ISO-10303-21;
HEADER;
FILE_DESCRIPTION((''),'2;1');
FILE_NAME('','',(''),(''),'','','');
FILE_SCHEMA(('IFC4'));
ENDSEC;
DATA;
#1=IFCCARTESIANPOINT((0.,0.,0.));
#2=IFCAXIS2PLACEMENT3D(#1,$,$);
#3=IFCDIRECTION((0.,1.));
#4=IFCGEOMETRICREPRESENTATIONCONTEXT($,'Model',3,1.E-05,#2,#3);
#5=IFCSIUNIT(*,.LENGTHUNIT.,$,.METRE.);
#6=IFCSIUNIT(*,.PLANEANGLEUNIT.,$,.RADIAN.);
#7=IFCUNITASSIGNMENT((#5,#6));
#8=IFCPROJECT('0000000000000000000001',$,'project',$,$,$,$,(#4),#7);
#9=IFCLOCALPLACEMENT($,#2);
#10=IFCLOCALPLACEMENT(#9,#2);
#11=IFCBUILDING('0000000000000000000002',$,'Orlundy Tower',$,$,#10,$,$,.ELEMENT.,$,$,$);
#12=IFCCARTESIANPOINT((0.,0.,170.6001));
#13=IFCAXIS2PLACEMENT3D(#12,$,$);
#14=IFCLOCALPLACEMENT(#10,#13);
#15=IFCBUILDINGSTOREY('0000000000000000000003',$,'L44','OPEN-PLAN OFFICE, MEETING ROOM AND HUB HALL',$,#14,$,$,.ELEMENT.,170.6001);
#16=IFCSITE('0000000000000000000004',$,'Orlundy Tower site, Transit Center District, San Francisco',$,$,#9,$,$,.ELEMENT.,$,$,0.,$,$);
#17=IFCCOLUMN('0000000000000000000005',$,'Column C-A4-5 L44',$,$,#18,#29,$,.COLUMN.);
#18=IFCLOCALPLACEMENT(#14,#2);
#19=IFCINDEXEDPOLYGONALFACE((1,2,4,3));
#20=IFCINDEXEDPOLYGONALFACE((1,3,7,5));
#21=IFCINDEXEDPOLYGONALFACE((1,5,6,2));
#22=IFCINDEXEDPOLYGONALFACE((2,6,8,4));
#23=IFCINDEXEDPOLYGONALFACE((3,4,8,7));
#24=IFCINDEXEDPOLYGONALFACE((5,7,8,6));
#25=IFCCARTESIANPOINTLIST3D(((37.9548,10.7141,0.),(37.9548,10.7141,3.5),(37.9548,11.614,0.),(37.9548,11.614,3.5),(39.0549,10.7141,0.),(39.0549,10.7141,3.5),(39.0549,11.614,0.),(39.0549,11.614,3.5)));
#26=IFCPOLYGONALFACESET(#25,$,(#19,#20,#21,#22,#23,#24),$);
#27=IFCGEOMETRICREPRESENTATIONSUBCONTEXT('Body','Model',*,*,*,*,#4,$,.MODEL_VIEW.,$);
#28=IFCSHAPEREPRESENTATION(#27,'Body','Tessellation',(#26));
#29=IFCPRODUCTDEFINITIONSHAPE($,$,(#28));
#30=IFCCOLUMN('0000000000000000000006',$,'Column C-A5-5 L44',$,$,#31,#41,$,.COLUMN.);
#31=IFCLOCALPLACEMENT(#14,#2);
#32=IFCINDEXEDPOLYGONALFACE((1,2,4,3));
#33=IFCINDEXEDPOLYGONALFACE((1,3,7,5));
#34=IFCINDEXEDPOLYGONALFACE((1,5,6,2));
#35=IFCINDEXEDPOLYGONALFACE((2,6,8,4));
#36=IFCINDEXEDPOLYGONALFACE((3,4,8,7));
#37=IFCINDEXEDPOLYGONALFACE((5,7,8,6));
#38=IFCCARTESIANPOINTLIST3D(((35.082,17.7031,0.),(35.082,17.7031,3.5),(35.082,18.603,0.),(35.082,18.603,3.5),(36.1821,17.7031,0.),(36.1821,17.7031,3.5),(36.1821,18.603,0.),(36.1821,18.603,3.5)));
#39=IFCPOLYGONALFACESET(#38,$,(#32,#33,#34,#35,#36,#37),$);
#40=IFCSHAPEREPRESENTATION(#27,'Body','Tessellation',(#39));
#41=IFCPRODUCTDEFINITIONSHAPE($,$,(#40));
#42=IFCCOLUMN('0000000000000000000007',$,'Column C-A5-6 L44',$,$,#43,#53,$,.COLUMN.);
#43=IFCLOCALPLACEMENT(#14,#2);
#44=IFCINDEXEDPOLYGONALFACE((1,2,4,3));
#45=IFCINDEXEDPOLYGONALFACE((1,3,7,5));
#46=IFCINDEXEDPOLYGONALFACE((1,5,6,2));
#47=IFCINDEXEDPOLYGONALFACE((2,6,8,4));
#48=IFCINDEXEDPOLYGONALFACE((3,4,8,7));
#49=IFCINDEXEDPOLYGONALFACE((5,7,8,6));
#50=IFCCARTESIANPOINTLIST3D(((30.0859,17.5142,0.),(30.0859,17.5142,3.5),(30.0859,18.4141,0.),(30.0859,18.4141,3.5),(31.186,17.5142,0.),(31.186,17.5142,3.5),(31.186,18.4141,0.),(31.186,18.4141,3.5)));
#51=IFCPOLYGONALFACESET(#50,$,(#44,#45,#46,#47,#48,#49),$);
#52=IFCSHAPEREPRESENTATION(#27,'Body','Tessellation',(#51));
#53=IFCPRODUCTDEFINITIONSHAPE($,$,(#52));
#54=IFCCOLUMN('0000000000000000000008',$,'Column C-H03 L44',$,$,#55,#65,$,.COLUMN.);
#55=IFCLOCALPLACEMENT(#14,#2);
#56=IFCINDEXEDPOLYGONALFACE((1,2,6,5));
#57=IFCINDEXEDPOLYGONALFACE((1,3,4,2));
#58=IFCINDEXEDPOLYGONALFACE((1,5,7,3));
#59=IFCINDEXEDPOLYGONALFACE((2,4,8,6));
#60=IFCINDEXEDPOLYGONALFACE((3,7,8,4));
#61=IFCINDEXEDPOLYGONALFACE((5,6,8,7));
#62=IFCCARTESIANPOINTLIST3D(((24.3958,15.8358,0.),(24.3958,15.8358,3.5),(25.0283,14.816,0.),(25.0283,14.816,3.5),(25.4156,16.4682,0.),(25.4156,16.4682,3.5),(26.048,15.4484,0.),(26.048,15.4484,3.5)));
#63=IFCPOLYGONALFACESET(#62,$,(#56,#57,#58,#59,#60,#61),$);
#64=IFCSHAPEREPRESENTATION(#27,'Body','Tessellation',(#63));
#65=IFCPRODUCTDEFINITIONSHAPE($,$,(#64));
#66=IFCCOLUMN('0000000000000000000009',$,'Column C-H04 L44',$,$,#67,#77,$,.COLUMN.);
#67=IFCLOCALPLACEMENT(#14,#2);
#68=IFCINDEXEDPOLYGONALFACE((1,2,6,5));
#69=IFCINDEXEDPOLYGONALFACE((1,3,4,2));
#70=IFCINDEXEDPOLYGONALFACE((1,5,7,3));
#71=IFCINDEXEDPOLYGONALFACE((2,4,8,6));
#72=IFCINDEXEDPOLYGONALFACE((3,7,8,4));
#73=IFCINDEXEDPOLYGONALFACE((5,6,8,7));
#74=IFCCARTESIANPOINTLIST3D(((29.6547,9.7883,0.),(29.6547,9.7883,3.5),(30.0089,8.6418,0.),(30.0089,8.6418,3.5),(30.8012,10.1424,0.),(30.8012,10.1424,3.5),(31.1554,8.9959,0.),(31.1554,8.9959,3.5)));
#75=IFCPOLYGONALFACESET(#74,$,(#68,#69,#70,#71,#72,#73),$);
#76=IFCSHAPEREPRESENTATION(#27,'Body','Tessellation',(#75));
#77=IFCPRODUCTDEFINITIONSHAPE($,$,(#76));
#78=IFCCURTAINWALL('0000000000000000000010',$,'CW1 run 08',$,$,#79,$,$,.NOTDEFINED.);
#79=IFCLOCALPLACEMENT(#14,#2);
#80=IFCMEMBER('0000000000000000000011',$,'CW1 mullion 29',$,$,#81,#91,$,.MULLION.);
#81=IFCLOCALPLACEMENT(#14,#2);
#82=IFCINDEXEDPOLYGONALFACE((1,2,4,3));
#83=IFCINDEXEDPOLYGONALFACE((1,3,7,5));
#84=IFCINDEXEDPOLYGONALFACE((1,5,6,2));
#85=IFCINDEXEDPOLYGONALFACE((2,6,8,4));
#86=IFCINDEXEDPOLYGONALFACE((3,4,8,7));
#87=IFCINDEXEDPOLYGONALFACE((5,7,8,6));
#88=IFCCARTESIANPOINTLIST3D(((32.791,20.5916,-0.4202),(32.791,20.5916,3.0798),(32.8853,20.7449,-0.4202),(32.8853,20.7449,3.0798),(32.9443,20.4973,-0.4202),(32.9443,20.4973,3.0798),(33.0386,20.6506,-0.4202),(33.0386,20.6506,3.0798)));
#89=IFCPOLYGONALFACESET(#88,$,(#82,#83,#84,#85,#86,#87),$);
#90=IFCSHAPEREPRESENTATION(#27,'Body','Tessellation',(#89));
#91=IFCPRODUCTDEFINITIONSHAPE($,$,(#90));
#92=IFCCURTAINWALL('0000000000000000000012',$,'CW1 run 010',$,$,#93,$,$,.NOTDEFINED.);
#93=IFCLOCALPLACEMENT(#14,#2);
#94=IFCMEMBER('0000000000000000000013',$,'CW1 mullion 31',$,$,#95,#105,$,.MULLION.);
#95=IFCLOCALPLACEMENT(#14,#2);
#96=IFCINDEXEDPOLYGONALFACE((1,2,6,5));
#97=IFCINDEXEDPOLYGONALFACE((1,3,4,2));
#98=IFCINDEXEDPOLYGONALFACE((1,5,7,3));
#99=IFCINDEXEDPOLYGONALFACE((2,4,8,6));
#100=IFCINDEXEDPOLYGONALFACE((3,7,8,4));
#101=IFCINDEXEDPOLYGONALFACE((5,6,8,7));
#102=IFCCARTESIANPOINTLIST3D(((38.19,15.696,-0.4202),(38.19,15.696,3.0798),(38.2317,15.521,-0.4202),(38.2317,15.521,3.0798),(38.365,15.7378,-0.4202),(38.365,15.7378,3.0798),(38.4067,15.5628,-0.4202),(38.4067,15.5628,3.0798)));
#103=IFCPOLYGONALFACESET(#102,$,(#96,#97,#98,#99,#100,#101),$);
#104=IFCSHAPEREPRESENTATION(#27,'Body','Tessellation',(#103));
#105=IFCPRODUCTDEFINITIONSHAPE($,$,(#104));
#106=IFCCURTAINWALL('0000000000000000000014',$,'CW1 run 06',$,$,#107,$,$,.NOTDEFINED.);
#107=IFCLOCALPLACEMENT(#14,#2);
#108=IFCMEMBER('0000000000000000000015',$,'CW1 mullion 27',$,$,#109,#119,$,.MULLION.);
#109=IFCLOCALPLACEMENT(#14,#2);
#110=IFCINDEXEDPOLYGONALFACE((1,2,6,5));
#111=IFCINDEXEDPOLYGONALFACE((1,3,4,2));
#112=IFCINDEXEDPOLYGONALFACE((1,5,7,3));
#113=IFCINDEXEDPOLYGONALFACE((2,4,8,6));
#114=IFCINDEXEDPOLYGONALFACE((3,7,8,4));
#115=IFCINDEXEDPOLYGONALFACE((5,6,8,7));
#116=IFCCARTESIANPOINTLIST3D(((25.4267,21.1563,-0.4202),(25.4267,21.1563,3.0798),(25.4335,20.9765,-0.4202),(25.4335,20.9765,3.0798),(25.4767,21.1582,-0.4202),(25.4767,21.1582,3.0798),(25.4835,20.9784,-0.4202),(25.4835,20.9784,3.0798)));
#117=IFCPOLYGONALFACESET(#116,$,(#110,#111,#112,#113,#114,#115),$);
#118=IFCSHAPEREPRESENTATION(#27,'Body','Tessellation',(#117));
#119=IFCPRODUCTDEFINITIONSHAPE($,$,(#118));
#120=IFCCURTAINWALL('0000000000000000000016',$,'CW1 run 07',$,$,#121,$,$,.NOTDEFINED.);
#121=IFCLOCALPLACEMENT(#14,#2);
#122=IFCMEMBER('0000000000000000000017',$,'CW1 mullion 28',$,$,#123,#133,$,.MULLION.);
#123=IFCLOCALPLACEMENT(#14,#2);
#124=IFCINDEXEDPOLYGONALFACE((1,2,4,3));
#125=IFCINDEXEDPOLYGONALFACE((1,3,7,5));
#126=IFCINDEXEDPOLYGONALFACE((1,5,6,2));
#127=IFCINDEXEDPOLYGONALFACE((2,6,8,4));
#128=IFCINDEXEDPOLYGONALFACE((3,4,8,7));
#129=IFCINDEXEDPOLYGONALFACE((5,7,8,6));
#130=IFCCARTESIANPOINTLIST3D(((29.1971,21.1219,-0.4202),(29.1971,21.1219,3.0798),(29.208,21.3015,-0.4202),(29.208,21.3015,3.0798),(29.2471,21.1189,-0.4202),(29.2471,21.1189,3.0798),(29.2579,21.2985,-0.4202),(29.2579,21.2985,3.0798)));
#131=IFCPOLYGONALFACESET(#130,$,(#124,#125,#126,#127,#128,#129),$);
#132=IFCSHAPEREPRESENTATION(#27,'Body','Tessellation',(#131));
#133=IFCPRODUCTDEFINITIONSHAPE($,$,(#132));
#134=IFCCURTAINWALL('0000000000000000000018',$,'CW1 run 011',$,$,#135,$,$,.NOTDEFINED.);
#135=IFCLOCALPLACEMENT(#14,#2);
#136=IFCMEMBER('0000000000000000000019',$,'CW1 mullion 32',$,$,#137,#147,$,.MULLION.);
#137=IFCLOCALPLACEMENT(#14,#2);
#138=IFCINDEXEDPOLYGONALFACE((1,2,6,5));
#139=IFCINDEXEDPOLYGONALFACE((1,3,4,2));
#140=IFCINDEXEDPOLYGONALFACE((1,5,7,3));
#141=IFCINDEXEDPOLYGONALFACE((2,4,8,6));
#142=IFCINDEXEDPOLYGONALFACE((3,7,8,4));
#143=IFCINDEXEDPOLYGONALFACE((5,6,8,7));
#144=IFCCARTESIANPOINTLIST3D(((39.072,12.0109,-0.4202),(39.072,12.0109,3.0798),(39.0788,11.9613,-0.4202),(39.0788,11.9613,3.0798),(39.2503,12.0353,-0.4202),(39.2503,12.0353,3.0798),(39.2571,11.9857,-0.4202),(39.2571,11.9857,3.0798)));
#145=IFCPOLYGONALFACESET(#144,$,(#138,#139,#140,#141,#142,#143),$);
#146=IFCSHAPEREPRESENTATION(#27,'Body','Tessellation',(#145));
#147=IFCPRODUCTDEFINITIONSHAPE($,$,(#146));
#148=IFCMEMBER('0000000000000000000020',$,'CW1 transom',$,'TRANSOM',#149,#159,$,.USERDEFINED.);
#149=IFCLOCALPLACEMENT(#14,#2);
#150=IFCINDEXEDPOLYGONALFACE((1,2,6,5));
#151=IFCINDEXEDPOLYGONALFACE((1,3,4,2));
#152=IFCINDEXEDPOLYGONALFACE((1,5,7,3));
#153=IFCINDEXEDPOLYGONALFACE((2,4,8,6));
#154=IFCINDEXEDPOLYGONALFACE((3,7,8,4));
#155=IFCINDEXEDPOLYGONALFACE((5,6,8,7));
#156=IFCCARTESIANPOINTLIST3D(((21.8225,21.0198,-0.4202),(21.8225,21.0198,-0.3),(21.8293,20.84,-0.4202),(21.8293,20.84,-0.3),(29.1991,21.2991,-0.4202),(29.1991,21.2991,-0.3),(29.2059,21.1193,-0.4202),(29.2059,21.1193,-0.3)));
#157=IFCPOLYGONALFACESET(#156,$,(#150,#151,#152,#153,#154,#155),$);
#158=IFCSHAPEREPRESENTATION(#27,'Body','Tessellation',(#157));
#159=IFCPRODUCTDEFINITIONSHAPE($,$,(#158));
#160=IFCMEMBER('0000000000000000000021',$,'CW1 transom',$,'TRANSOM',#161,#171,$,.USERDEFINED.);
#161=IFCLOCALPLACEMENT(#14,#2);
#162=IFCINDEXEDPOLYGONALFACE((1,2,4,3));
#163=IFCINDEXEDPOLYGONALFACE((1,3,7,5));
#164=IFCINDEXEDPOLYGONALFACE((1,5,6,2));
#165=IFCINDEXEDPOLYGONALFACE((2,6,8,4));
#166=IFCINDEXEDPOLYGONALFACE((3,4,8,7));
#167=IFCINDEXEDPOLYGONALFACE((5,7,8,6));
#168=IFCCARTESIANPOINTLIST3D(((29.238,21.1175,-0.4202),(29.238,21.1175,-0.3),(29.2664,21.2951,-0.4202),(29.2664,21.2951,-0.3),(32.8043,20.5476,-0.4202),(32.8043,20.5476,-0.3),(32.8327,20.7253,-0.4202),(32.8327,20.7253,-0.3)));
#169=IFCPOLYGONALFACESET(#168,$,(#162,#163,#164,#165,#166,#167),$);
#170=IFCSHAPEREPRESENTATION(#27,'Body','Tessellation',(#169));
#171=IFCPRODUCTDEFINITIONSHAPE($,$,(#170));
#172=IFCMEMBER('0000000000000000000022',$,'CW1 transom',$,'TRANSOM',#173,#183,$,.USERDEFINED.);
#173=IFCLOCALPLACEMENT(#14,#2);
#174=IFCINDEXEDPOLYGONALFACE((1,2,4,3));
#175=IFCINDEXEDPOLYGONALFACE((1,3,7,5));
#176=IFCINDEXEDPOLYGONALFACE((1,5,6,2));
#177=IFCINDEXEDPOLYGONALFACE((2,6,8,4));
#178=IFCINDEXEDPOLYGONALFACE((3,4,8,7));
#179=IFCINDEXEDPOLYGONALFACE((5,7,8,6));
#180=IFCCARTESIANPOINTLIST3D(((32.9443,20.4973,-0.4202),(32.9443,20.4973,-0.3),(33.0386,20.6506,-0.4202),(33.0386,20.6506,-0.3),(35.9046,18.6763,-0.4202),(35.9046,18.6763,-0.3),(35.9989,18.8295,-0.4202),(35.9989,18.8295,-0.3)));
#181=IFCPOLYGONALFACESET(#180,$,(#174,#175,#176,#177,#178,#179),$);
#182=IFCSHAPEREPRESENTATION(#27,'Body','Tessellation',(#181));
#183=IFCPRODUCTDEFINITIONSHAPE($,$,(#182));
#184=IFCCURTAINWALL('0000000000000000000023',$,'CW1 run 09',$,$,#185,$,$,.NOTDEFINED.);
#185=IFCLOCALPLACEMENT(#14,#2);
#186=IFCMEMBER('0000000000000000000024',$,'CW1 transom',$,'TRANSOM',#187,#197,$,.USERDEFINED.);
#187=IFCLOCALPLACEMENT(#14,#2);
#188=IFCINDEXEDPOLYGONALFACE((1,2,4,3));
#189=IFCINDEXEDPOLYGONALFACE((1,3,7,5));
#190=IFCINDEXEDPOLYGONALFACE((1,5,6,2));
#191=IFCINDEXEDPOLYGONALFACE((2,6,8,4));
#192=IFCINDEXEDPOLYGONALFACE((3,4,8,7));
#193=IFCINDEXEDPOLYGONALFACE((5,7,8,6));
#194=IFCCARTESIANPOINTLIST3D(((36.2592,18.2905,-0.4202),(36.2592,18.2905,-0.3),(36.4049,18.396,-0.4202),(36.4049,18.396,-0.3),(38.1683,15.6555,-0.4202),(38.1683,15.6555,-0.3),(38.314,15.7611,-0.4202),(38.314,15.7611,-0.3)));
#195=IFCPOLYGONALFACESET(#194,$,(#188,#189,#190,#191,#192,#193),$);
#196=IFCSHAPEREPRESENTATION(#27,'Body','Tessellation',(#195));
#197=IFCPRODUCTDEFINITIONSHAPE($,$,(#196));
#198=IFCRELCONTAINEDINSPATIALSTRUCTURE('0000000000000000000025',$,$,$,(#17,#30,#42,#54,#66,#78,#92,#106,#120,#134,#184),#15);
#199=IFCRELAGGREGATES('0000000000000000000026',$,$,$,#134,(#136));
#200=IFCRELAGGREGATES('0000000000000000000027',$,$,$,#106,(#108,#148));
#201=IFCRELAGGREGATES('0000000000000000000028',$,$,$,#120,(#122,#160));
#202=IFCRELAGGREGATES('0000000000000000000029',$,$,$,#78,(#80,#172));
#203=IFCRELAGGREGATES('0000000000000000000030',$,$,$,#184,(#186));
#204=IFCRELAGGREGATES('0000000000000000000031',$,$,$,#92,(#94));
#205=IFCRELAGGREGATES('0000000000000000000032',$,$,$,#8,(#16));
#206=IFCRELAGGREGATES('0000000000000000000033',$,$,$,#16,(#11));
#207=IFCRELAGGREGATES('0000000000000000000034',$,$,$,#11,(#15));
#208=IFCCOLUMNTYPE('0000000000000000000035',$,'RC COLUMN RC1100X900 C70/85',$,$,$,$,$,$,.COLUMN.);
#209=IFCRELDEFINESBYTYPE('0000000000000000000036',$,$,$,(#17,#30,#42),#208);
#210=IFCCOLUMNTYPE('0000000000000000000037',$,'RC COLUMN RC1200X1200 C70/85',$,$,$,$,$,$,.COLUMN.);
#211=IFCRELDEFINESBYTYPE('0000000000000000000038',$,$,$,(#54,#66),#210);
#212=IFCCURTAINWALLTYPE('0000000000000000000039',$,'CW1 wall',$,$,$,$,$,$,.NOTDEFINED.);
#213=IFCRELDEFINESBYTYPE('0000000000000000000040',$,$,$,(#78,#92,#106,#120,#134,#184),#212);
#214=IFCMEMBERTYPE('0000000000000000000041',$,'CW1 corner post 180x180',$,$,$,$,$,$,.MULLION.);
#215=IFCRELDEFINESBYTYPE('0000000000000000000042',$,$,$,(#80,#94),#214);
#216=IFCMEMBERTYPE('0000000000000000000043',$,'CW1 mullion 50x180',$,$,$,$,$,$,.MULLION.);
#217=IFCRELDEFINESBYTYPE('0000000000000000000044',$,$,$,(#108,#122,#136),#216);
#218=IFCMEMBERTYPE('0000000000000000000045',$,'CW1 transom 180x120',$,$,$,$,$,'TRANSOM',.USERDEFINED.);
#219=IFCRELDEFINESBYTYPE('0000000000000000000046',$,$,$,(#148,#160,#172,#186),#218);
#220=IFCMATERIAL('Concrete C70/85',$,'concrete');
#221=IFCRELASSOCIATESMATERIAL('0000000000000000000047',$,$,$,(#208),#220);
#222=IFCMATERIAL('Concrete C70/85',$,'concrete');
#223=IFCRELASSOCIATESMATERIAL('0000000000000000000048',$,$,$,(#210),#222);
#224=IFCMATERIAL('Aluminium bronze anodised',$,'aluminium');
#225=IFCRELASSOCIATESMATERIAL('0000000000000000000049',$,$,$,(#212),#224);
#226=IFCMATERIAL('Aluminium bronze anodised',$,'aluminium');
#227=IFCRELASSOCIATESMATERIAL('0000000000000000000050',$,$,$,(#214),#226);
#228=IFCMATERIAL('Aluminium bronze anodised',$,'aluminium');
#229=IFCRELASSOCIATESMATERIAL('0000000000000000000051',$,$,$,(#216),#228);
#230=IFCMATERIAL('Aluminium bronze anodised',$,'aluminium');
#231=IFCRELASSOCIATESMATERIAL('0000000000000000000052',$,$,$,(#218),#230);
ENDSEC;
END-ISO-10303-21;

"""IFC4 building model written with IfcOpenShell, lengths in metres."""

from ifc_helpers import new_model, si_unit, direction, frame, origin, origin_2d, place, context, subcontext, project, spatial, rectangle, extrude, material, material_profile, profile_set, type_object, element, aggregate, save


model = new_model("IFC4")

# Units and contexts
model_context = context("Model", 3, precision=1e-05, world=origin(), true_north=direction((0.0, 1.0)))
body_context = subcontext(model_context, "Body", "Model", "MODEL_VIEW")
ifc_project = project(units=[si_unit("LENGTHUNIT", "METRE"), si_unit("PLANEANGLEUNIT", "RADIAN")], contexts=[model_context])

# Site, building, storey
site_placement = place(None, origin())
site = spatial("IfcSite", under=ifc_project, at=site_placement, Name="Orlundy Tower site, Transit Center District, San Francisco", CompositionType="ELEMENT", RefElevation=0.0)
building_placement = place(site_placement, origin())
building = spatial("IfcBuilding", under=site, at=building_placement, Name="Orlundy Tower", CompositionType="ELEMENT")
storey_placement = place(building_placement, frame((0.0, 0.0, 170.6001)))
storey = spatial("IfcBuildingStorey", under=building, at=storey_placement, Name="L44", Description="OPEN-PLAN OFFICE, MEETING ROOM AND HUB HALL", CompositionType="ELEMENT", Elevation=170.6001)

# Columns
ifc_material_1 = material(Name="Concrete C70/85", Category="concrete")
ifc_material_profile_1 = material_profile(ifc_material_1, rectangle(XDim=1.1001, YDim=0.8999, at=origin_2d()), Name="RC1100X900")
ifc_profile_set_1 = profile_set([ifc_material_profile_1], Name="Concrete C70/85")
column_type_1 = type_object("IfcColumnType", Name="RC COLUMN RC1100X900 C70/85", PredefinedType="COLUMN", material=ifc_profile_set_1)
for number, where, z_axis, x_axis, name in (
    (1, (38.5049, 11.1641, 0.0), (0.0, 0.0, 1.0), (1.0, 0.0, 0.0), "Column C-A4-5 L44"),
    (2, (35.6321, 18.1531, 0.0), (0.0, 0.0, 1.0), (1.0, 0.0, 0.0), "Column C-A5-5 L44"),
    (3, (30.636, 17.9641, 0.0), (0.0, 0.0, 1.0), (1.0, 0.0, 0.0), "Column C-A5-6 L44"),
):
    element("IfcColumn", number, at=place(storey_placement, frame(where, z_axis=z_axis, x_axis=x_axis)), inside=storey, type_object=column_type_1, Name=name, PredefinedType="COLUMN", context=body_context, shape_type="SweptSolid", body=[
        extrude(rectangle(XDim=1.1001, YDim=0.8999, at=origin_2d()), origin(), (0.0, 0.0, 1.0), 3.5),
    ])
ifc_material_2 = material(Name="Concrete C70/85", Category="concrete")
ifc_material_profile_2 = material_profile(ifc_material_2, rectangle(XDim=1.2, YDim=1.2, at=origin_2d()), Name="RC1200X1200")
ifc_profile_set_2 = profile_set([ifc_material_profile_2], Name="Concrete C70/85")
column_type_2 = type_object("IfcColumnType", Name="RC COLUMN RC1200X1200 C70/85", PredefinedType="COLUMN", material=ifc_profile_set_2)
for number, where, z_axis, x_axis, name in (
    (4, (25.2219, 15.6421, 0.0), (0.0, 0.0, 1.0), (0.849838, 0.527045, 0.0), "Column C-H03 L44"),
    (5, (30.405, 9.3921, 0.0), (0.0, 0.0, 1.0), (0.955454, 0.295141, 0.0), "Column C-H04 L44"),
):
    element("IfcColumn", number, at=place(storey_placement, frame(where, z_axis=z_axis, x_axis=x_axis)), inside=storey, type_object=column_type_2, Name=name, PredefinedType="COLUMN", context=body_context, shape_type="SweptSolid", body=[
        extrude(rectangle(XDim=1.2, YDim=1.2, at=origin_2d()), origin(), (0.0, 0.0, 1.0), 3.5),
    ])

# Curtain walls, members
ifc_material_3 = material(Name="Aluminium bronze anodised", Category="aluminium")
curtain_wall_type = type_object("IfcCurtainWallType", Name="CW1 wall", PredefinedType="NOTDEFINED", material=ifc_material_3)
curtain_wall_1_placement = place(storey_placement, origin())
curtain_wall_1 = element("IfcCurtainWall", 6, at=curtain_wall_1_placement, inside=storey, type_object=curtain_wall_type, Name="CW1 run 08", PredefinedType="NOTDEFINED")
ifc_material_4 = material(Name="Aluminium bronze anodised", Category="aluminium")
ifc_material_profile_3 = material_profile(ifc_material_4, rectangle(XDim=0.1799, YDim=0.1799, at=origin_2d()), Name="CW1 corner post 180x180")
ifc_profile_set_3 = profile_set([ifc_material_profile_3], Name="Aluminium bronze anodised")
member_type_1 = type_object("IfcMemberType", Name="CW1 corner post 180x180", PredefinedType="MULLION", material=ifc_profile_set_3)
member_1_placement = place(storey_placement, frame((32.9148, 20.6211, -0.4202), z_axis=(0.0, 0.0, 1.0), x_axis=(0.523947, 0.851751, 0.0)))
member_1 = element("IfcMember", 7, at=member_1_placement, type_object=member_type_1, Name="CW1 mullion 29", PredefinedType="MULLION", context=body_context, shape_type="SweptSolid", body=[
    extrude(rectangle(XDim=0.1799, YDim=0.1799, at=origin_2d()), origin(), (0.0, 0.0, 1.0), 3.5),
])
curtain_wall_2_placement = place(storey_placement, origin())
curtain_wall_2 = element("IfcCurtainWall", 8, at=curtain_wall_2_placement, inside=storey, type_object=curtain_wall_type, Name="CW1 run 010", PredefinedType="NOTDEFINED")
member_2_placement = place(storey_placement, frame((38.2983, 15.6294, -0.4202), z_axis=(0.0, 0.0, 1.0), x_axis=(0.972705, 0.232046, 0.0)))
member_2 = element("IfcMember", 9, at=member_2_placement, type_object=member_type_1, Name="CW1 mullion 31", PredefinedType="MULLION", context=body_context, shape_type="SweptSolid", body=[
    extrude(rectangle(XDim=0.1799, YDim=0.1799, at=origin_2d()), origin(), (0.0, 0.0, 1.0), 3.5),
])
curtain_wall_3_placement = place(storey_placement, origin())
curtain_wall_3 = element("IfcCurtainWall", 10, at=curtain_wall_3_placement, inside=storey, type_object=curtain_wall_type, Name="CW1 run 06", PredefinedType="NOTDEFINED")
ifc_material_5 = material(Name="Aluminium bronze anodised", Category="aluminium")
ifc_material_profile_4 = material_profile(ifc_material_5, rectangle(XDim=0.1799, YDim=0.05, at=origin_2d()), Name="CW1 mullion 50x180")
ifc_profile_set_4 = profile_set([ifc_material_profile_4], Name="Aluminium bronze anodised")
member_type_2 = type_object("IfcMemberType", Name="CW1 mullion 50x180", PredefinedType="MULLION", material=ifc_profile_set_4)
member_3_placement = place(storey_placement, frame((25.4551, 21.0674, -0.4202), z_axis=(0.0, 0.0, 1.0), x_axis=(-0.037837, 0.999284, 0.0)))
member_3 = element("IfcMember", 11, at=member_3_placement, type_object=member_type_2, Name="CW1 mullion 27", PredefinedType="MULLION", context=body_context, shape_type="SweptSolid", body=[
    extrude(rectangle(XDim=0.1799, YDim=0.05, at=origin_2d()), origin(), (0.0, 0.0, 1.0), 3.5),
])
curtain_wall_4_placement = place(storey_placement, origin())
curtain_wall_4 = element("IfcCurtainWall", 12, at=curtain_wall_4_placement, inside=storey, type_object=curtain_wall_type, Name="CW1 run 07", PredefinedType="NOTDEFINED")
member_4_placement = place(storey_placement, frame((29.2275, 21.2102, -0.4202), z_axis=(0.0, 0.0, 1.0), x_axis=(0.060267, 0.998182, 0.0)))
member_4 = element("IfcMember", 13, at=member_4_placement, type_object=member_type_2, Name="CW1 mullion 28", PredefinedType="MULLION", context=body_context, shape_type="SweptSolid", body=[
    extrude(rectangle(XDim=0.1799, YDim=0.05, at=origin_2d()), origin(), (0.0, 0.0, 1.0), 3.5),
])
curtain_wall_5_placement = place(storey_placement, origin())
curtain_wall_5 = element("IfcCurtainWall", 14, at=curtain_wall_5_placement, inside=storey, type_object=curtain_wall_type, Name="CW1 run 011", PredefinedType="NOTDEFINED")
member_5_placement = place(storey_placement, frame((39.1646, 11.9983, -0.4202), z_axis=(0.0, 0.0, 1.0), x_axis=(0.990766, 0.135581, 0.0)))
member_5 = element("IfcMember", 15, at=member_5_placement, type_object=member_type_2, Name="CW1 mullion 32", PredefinedType="MULLION", context=body_context, shape_type="SweptSolid", body=[
    extrude(rectangle(XDim=0.1799, YDim=0.05, at=origin_2d()), origin(), (0.0, 0.0, 1.0), 3.5),
])

# Members
ifc_material_6 = material(Name="Aluminium bronze anodised", Category="aluminium")
ifc_material_profile_5 = material_profile(ifc_material_6, rectangle(XDim=0.1799, YDim=0.1201, at=origin_2d()), Name="CW1 transom 180x120")
ifc_profile_set_5 = profile_set([ifc_material_profile_5], Name="Aluminium bronze anodised")
member_type_3 = type_object("IfcMemberType", Name="CW1 transom 180x120", ElementType="TRANSOM", PredefinedType="USERDEFINED", material=ifc_profile_set_5)
member_6_placement = place(storey_placement, frame((21.8259, 20.9299, -0.3601), z_axis=(0.999284, 0.037836, 0.0), x_axis=(-0.037836, 0.999284, 0.0)))
member_6 = element("IfcMember", 16, at=member_6_placement, type_object=member_type_3, Name="CW1 transom", ObjectType="TRANSOM", PredefinedType="USERDEFINED", context=body_context, shape_type="SweptSolid", body=[
    extrude(rectangle(XDim=0.1799, YDim=0.1201, at=origin_2d()), origin(), (0.0, 0.0, 1.0), 7.3818),
])
member_7_placement = place(storey_placement, frame((29.2522, 21.2063, -0.3601), z_axis=(0.987475, -0.157774, 0.0), x_axis=(0.157774, 0.987475, 0.0)))
member_7 = element("IfcMember", 17, at=member_7_placement, type_object=member_type_3, Name="CW1 transom", ObjectType="TRANSOM", PredefinedType="USERDEFINED", context=body_context, shape_type="SweptSolid", body=[
    extrude(rectangle(XDim=0.1799, YDim=0.1201, at=origin_2d()), origin(), (0.0, 0.0, 1.0), 3.6116),
])
member_8_placement = place(storey_placement, frame((32.9915, 20.574, -0.3601), z_axis=(0.851738, -0.523968, 0.0), x_axis=(0.523968, 0.851738, 0.0)))
member_8 = element("IfcMember", 18, at=member_8_placement, type_object=member_type_3, Name="CW1 transom", ObjectType="TRANSOM", PredefinedType="USERDEFINED", context=body_context, shape_type="SweptSolid", body=[
    extrude(rectangle(XDim=0.1799, YDim=0.1201, at=origin_2d()), origin(), (0.0, 0.0, 1.0), 3.4756),
])

# Curtain wall, member
curtain_wall_6_placement = place(storey_placement, origin())
curtain_wall_6 = element("IfcCurtainWall", 19, at=curtain_wall_6_placement, inside=storey, type_object=curtain_wall_type, Name="CW1 run 09", PredefinedType="NOTDEFINED")
member_9_placement = place(storey_placement, frame((36.332, 18.3433, -0.3601), z_axis=(0.586725, -0.809786, 0.0), x_axis=(0.809786, 0.586725, 0.0)))
member_9 = element("IfcMember", 20, at=member_9_placement, type_object=member_type_3, Name="CW1 transom", ObjectType="TRANSOM", PredefinedType="USERDEFINED", context=body_context, shape_type="SweptSolid", body=[
    extrude(rectangle(XDim=0.1799, YDim=0.1201, at=origin_2d()), origin(), (0.0, 0.0, 1.0), 3.2539),
])

aggregate(curtain_wall_5, [member_5])

aggregate(curtain_wall_3, [member_3, member_6])
aggregate(curtain_wall_4, [member_4, member_7])
aggregate(curtain_wall_1, [member_1, member_8])
aggregate(curtain_wall_6, [member_9])
aggregate(curtain_wall_2, [member_2])

save(model, "model.ifc")
